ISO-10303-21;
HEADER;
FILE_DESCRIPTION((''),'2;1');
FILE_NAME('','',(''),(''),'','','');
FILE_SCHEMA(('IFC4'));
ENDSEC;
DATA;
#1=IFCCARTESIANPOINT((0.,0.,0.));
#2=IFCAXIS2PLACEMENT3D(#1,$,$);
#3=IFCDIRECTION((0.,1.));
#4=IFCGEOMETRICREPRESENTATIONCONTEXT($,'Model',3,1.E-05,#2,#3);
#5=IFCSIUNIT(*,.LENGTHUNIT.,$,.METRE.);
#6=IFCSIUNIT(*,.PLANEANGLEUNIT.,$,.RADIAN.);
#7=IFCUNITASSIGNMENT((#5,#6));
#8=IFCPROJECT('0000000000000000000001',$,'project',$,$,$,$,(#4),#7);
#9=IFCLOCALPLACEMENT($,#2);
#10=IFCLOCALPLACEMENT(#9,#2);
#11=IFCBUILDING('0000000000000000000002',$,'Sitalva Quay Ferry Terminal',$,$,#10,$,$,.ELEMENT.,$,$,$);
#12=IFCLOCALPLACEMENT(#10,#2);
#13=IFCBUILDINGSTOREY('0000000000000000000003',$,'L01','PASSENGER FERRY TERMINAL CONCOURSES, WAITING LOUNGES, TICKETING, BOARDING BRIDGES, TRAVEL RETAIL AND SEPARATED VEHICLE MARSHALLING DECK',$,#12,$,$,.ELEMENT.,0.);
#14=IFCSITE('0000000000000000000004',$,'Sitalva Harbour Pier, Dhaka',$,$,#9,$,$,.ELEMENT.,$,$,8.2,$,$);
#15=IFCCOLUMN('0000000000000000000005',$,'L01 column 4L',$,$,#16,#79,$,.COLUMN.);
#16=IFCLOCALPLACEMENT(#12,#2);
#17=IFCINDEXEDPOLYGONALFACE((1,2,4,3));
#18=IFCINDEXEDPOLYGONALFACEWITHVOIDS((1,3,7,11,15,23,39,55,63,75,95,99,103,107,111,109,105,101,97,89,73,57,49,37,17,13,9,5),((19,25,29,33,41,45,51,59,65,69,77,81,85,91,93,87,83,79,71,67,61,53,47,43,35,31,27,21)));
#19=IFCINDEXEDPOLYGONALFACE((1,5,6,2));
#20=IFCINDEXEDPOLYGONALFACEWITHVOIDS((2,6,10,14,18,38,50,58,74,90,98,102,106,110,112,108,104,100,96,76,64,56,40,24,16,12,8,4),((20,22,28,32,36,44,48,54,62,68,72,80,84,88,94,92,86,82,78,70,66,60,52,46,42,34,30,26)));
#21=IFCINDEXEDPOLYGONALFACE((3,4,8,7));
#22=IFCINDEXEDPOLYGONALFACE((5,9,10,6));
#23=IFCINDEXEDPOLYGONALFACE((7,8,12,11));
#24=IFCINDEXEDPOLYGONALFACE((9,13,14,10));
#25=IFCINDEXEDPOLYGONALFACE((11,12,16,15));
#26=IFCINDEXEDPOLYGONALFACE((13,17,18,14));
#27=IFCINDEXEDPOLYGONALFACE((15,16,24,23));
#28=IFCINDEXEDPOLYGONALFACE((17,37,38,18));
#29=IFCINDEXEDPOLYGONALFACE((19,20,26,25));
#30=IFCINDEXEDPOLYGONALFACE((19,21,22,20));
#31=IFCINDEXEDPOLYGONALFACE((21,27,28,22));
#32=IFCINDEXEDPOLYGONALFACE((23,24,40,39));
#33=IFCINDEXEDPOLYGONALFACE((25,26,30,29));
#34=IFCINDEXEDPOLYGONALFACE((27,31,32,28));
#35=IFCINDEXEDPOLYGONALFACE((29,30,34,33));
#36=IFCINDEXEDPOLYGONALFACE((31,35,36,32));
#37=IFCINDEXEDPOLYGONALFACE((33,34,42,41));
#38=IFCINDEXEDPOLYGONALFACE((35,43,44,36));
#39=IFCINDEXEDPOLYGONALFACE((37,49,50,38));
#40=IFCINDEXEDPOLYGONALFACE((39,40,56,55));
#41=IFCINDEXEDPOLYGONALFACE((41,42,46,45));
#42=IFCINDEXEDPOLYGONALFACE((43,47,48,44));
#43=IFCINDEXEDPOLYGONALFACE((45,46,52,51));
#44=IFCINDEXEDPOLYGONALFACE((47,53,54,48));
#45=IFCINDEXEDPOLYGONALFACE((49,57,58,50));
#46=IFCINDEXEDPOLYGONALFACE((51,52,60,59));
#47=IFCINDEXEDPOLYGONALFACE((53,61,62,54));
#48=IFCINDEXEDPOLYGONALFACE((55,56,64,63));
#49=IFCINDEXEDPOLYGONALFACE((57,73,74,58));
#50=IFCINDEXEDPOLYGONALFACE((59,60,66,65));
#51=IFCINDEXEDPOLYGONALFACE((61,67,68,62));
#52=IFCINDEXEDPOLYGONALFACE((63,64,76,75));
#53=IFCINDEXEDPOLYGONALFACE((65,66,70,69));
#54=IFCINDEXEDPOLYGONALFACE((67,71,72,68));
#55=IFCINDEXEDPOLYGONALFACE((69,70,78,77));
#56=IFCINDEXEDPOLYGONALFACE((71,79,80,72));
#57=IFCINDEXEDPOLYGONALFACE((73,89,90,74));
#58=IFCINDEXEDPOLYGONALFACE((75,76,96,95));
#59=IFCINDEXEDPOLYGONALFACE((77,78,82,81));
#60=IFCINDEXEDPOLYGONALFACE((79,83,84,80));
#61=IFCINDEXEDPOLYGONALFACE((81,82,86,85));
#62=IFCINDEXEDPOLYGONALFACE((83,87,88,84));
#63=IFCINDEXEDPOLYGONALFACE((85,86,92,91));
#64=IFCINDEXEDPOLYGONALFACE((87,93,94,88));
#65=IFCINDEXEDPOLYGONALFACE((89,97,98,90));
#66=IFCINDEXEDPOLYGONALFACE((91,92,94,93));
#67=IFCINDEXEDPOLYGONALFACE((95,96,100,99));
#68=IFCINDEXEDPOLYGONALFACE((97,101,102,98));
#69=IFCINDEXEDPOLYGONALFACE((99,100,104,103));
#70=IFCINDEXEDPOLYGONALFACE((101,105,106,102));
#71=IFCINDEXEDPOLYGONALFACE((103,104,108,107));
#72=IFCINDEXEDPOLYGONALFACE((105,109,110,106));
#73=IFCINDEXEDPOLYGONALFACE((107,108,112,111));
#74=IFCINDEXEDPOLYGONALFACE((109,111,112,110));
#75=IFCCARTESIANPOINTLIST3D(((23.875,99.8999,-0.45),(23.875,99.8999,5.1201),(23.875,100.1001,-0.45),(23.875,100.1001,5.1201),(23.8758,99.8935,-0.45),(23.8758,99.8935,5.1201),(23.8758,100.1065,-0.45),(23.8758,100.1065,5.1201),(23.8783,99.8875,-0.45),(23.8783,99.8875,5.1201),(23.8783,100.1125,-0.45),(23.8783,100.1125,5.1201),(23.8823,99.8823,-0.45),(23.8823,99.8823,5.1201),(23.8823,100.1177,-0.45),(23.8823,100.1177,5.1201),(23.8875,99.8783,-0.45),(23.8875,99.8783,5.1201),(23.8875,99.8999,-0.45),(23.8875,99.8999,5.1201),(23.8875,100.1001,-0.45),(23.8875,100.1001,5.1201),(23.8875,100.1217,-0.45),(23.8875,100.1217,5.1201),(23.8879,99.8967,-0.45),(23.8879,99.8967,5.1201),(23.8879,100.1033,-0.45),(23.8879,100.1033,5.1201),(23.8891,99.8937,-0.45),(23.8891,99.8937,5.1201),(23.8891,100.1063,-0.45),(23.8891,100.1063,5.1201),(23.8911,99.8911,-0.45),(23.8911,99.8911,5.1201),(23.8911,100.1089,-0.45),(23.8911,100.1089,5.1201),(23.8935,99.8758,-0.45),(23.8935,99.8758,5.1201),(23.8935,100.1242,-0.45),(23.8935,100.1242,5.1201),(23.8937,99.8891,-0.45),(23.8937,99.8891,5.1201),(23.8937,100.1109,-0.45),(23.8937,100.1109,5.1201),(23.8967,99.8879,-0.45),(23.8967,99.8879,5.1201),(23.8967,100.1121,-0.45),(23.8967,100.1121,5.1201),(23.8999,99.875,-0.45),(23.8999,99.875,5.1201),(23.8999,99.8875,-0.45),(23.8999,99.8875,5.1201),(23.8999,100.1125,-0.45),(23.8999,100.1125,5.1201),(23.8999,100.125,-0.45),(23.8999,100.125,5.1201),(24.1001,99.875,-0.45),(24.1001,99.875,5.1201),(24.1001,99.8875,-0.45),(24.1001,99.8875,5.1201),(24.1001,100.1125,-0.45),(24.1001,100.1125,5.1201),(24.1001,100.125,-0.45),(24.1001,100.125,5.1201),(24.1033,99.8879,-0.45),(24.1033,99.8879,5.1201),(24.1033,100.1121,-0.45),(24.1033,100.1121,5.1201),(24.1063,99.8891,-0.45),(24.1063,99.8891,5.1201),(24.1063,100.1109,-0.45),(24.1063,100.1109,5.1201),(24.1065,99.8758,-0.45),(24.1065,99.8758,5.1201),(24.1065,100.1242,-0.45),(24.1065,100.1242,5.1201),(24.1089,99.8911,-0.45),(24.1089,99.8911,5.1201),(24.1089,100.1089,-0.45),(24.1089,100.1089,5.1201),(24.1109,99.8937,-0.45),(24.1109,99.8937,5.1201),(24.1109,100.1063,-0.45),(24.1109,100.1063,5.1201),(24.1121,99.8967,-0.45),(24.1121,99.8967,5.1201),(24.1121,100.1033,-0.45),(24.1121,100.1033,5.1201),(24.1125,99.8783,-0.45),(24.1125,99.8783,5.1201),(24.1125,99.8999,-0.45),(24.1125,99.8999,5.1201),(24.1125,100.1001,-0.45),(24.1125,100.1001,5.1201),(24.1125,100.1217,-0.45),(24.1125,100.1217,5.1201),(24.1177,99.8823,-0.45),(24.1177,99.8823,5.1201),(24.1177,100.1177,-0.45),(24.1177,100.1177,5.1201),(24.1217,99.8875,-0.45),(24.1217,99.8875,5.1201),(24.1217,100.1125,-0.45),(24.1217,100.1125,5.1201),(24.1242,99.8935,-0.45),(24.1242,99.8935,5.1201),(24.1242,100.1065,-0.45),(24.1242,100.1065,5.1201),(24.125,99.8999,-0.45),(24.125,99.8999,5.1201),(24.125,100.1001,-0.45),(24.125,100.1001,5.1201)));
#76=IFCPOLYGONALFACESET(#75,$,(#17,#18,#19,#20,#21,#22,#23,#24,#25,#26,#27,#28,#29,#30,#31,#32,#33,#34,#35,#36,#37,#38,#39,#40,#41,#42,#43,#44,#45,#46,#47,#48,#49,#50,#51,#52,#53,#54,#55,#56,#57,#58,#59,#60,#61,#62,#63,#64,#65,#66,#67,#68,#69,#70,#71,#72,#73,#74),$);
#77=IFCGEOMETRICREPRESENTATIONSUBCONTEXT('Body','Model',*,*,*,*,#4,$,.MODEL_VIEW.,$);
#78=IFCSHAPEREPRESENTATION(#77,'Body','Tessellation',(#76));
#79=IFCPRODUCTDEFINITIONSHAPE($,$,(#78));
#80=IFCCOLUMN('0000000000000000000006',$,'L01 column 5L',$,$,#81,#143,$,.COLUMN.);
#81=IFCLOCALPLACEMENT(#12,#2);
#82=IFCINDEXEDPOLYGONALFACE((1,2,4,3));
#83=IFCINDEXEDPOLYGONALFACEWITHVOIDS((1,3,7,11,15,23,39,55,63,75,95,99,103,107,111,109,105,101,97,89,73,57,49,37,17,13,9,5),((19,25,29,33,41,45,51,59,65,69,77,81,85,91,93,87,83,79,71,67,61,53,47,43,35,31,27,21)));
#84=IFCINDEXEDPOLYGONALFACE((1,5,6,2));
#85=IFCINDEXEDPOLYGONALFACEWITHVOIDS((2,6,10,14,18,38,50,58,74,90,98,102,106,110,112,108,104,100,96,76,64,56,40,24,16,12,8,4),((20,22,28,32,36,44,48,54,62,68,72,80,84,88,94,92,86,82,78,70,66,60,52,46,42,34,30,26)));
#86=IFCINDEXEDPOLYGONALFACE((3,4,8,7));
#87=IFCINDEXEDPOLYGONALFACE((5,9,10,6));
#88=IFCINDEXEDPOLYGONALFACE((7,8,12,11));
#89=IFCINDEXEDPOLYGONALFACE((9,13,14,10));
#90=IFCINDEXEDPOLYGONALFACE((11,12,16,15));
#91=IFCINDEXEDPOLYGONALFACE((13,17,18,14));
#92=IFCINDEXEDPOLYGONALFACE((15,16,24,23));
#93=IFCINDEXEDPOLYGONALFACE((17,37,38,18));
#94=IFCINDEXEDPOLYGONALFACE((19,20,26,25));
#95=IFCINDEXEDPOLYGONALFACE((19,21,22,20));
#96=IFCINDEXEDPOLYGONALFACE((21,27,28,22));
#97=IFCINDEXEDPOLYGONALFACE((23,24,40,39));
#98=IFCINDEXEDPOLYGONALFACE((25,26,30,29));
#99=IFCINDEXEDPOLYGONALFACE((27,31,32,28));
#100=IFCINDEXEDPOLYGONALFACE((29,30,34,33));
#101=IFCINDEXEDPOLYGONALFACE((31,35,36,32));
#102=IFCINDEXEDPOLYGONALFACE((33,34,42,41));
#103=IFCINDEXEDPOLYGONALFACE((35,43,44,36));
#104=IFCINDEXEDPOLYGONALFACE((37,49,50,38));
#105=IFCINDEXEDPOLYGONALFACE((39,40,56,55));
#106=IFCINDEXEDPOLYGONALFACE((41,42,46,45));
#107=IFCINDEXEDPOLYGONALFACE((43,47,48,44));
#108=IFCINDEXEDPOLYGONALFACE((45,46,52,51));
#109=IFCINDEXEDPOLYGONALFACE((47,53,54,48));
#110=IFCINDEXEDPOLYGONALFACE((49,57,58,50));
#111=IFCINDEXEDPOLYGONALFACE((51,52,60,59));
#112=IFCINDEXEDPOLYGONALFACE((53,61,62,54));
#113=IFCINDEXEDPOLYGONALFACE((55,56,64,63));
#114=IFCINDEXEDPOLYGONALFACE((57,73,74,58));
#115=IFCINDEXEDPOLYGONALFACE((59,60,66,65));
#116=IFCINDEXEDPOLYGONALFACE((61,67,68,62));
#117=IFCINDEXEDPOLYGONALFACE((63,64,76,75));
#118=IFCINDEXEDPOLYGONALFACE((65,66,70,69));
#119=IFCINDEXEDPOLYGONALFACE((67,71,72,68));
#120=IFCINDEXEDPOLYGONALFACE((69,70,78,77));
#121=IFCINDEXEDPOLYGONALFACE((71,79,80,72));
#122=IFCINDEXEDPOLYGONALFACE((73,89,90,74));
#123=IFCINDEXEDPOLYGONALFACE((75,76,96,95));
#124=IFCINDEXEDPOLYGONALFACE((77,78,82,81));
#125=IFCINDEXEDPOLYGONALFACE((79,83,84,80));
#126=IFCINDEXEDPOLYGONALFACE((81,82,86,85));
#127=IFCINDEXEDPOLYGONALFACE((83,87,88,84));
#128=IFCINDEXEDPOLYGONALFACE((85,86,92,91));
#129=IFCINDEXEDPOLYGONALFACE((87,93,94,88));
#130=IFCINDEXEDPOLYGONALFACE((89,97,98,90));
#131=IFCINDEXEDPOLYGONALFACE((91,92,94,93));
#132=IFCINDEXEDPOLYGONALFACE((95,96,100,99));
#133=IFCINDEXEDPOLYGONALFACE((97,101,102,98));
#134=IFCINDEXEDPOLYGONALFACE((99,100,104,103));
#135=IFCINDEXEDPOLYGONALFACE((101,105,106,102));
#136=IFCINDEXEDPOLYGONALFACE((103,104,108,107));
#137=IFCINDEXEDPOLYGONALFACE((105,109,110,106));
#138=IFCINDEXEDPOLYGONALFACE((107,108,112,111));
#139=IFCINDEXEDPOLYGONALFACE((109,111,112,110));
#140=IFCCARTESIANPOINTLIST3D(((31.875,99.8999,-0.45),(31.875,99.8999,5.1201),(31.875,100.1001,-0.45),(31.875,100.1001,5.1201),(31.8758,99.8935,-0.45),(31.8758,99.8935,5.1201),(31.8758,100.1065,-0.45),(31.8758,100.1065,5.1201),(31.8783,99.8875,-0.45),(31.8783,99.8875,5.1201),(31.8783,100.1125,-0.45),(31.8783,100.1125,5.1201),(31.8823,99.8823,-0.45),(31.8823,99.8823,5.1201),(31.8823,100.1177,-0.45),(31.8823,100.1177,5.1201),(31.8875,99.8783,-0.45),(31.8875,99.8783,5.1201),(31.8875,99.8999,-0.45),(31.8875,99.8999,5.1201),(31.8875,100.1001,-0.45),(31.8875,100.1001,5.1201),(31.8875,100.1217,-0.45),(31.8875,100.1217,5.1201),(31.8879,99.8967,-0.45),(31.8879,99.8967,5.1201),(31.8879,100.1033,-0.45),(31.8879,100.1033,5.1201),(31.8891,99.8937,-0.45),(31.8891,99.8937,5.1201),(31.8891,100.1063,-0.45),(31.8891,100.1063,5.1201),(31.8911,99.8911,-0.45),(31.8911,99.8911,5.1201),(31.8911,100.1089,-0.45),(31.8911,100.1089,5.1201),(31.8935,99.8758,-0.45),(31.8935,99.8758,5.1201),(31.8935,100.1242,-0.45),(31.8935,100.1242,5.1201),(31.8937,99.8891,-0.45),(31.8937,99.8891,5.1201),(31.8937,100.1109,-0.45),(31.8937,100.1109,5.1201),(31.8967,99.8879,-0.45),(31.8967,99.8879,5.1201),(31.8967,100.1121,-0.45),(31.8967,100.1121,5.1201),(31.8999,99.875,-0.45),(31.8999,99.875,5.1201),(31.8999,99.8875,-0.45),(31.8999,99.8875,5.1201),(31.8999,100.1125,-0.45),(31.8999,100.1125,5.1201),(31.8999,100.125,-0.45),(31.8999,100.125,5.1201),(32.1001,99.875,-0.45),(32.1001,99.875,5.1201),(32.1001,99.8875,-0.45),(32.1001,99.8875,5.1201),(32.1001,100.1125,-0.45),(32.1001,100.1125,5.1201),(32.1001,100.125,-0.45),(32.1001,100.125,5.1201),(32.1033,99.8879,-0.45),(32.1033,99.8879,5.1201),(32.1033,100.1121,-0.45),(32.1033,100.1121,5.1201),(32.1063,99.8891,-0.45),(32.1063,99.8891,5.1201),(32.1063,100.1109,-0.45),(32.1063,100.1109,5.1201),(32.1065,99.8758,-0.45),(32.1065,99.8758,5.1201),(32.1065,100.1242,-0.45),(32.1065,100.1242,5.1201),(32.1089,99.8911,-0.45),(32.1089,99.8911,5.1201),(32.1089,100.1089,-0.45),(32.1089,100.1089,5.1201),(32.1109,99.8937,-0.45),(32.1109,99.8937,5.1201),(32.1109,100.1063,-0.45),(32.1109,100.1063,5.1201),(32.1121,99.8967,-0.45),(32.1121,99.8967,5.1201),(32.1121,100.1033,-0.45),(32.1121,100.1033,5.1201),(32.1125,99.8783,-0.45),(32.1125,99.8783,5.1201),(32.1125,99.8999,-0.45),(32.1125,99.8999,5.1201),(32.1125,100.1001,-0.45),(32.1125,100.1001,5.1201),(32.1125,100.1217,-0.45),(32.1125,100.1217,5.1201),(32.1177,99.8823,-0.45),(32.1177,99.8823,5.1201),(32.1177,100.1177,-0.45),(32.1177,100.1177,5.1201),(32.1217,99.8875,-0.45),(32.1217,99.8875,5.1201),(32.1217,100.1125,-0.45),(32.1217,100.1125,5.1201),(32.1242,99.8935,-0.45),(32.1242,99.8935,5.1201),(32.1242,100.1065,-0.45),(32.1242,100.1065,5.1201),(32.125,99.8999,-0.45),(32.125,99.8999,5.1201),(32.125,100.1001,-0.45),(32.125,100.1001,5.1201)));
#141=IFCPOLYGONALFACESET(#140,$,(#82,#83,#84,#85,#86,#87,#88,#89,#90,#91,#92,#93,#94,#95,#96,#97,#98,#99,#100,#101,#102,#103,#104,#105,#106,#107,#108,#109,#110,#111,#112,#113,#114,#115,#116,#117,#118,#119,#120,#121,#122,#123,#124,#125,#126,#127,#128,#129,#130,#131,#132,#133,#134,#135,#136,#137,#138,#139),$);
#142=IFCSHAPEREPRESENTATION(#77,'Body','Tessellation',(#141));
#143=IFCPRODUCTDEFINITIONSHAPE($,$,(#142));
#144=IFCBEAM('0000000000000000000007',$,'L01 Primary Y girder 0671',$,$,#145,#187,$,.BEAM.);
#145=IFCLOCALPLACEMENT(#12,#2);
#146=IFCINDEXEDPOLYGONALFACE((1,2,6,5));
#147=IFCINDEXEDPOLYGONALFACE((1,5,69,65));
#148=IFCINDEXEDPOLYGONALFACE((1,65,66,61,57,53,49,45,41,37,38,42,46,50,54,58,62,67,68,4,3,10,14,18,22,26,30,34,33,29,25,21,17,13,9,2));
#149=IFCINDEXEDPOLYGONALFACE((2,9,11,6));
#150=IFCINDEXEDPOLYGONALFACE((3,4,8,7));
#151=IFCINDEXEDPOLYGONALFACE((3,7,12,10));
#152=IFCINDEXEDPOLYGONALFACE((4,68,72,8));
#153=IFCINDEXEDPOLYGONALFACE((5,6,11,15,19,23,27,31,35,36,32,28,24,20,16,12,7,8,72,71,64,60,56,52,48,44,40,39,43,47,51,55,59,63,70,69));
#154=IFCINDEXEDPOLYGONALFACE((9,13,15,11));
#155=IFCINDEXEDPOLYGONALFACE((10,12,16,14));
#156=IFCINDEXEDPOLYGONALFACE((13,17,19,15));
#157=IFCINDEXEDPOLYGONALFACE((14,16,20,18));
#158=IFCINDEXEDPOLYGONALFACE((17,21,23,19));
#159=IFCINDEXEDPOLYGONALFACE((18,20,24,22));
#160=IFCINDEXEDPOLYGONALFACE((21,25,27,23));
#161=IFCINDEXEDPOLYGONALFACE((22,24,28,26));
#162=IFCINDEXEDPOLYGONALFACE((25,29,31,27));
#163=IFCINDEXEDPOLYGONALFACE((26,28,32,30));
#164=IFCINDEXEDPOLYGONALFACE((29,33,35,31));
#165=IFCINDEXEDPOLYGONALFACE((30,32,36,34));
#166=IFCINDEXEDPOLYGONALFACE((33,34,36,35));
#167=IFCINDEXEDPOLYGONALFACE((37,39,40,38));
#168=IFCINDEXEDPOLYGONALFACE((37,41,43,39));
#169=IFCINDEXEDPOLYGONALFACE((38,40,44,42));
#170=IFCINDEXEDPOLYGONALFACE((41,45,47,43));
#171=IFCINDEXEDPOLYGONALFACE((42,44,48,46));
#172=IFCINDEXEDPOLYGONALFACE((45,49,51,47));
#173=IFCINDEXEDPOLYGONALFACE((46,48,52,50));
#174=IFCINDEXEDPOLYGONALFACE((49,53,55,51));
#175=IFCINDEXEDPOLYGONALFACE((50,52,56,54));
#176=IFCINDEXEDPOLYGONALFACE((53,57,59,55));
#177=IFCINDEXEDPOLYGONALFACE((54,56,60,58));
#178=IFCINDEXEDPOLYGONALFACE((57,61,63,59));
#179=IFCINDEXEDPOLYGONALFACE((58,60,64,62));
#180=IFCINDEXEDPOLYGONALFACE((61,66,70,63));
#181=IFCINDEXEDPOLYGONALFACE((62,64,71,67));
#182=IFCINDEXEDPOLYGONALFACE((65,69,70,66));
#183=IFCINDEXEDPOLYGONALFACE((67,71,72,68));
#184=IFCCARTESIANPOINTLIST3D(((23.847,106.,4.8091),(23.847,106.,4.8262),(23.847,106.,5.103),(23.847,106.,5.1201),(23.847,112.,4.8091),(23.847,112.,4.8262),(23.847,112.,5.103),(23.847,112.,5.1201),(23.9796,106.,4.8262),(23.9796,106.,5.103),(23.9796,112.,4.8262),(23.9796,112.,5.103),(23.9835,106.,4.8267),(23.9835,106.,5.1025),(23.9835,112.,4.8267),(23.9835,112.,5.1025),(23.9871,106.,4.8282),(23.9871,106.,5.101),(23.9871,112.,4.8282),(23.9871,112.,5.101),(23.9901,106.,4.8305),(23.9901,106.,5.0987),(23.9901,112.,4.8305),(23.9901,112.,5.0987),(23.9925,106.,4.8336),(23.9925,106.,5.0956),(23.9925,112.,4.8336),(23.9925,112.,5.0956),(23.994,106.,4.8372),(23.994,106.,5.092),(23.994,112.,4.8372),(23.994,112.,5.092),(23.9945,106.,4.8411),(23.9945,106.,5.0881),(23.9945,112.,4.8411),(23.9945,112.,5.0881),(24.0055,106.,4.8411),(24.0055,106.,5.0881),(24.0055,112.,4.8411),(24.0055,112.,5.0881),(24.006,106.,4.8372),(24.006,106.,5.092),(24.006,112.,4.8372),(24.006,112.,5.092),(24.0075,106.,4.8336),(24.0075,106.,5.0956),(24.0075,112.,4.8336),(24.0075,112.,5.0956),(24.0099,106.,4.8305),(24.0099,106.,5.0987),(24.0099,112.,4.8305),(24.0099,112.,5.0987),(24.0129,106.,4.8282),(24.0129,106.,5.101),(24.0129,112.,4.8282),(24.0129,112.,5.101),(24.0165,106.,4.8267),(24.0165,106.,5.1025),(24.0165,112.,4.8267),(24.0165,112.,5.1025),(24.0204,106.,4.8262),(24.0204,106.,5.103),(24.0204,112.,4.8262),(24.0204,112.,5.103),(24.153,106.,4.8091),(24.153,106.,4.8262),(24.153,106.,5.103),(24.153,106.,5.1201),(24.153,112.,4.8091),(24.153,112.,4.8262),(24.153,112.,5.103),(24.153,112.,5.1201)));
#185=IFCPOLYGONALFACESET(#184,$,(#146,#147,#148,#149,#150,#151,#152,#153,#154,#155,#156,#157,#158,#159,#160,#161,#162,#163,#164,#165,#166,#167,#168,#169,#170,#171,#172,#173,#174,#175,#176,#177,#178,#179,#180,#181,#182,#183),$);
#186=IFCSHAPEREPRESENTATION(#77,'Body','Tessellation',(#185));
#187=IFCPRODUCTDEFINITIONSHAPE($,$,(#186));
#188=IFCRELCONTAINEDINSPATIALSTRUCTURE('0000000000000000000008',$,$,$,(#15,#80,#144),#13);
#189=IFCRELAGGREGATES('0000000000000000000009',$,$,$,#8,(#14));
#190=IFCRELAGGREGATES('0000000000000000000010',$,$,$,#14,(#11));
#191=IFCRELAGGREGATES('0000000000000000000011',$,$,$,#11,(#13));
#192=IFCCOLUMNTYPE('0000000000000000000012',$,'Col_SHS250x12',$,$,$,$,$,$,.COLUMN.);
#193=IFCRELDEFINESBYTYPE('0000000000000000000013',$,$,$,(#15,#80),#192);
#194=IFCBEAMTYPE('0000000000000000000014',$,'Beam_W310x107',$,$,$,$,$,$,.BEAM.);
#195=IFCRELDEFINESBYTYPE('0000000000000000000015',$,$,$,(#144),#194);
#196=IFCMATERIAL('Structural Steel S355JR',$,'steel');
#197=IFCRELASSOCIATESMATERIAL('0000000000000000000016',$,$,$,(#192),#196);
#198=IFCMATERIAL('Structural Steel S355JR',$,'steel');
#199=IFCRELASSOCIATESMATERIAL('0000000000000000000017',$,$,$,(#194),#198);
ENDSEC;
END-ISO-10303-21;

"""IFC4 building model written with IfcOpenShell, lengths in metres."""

from ifc_helpers import new_model, si_unit, direction, frame, origin, origin_2d, place, context, subcontext, project, spatial, hollow_rectangle, i_section, extrude, material, material_profile, profile_set, type_object, element, save


model = new_model("IFC4")

# Units and contexts
model_context = context("Model", 3, precision=1e-05, world=origin(), true_north=direction((0.0, 1.0)))
body_context = subcontext(model_context, "Body", "Model", "MODEL_VIEW")
ifc_project = project(units=[si_unit("LENGTHUNIT", "METRE"), si_unit("PLANEANGLEUNIT", "RADIAN")], contexts=[model_context])

# Site, building, storey
site_placement = place(None, origin())
site = spatial("IfcSite", under=ifc_project, at=site_placement, Name="Sitalva Harbour Pier, Dhaka", CompositionType="ELEMENT", RefElevation=8.2)
building_placement = place(site_placement, origin())
building = spatial("IfcBuilding", under=site, at=building_placement, Name="Sitalva Quay Ferry Terminal", CompositionType="ELEMENT")
storey_placement = place(building_placement, origin())
storey = spatial("IfcBuildingStorey", under=building, at=storey_placement, Name="L01", Description="PASSENGER FERRY TERMINAL CONCOURSES, WAITING LOUNGES, TICKETING, BOARDING BRIDGES, TRAVEL RETAIL AND SEPARATED VEHICLE MARSHALLING DECK", CompositionType="ELEMENT", Elevation=0.0)

# Columns
ifc_material_1 = material(Name="Structural Steel S355JR", Category="steel")
ifc_material_profile_1 = material_profile(ifc_material_1, hollow_rectangle(XDim=0.25, YDim=0.25, WallThickness=0.0125, InnerFilletRadius=0.0125, OuterFilletRadius=0.0249, at=origin_2d()), Name="SHS250x250x12.5")
ifc_profile_set_1 = profile_set([ifc_material_profile_1], Name="Structural Steel S355JR")
column_type_1 = type_object("IfcColumnType", Name="Col_SHS250x12", PredefinedType="COLUMN", material=ifc_profile_set_1)
for number, where, z_axis, x_axis, name in (
    (1, (24.0, 100.0, -0.45), (0.0, 0.0, 1.0), (1.0, 0.0, 0.0), "L01 column 4L"),
    (2, (32.0, 100.0, -0.45), (0.0, 0.0, 1.0), (1.0, 0.0, 0.0), "L01 column 5L"),
):
    element("IfcColumn", number, at=place(storey_placement, frame(where, z_axis=z_axis, x_axis=x_axis)), inside=storey, type_object=column_type_1, Name=name, PredefinedType="COLUMN", context=body_context, shape_type="SweptSolid", body=[
        extrude(hollow_rectangle(XDim=0.25, YDim=0.25, WallThickness=0.0125, InnerFilletRadius=0.0125, OuterFilletRadius=0.0249, at=origin_2d()), origin(), (0.0, 0.0, 1.0), 5.5701),
    ])

# Beam
ifc_material_2 = material(Name="Structural Steel S355JR", Category="steel")
ifc_material_profile_2 = material_profile(ifc_material_2, i_section(OverallWidth=0.3059, OverallDepth=0.311, WebThickness=0.011, FlangeThickness=0.0171, FilletRadius=0.0149, at=origin_2d()), Name="W310x107")
ifc_profile_set_2 = profile_set([ifc_material_profile_2], Name="Structural Steel S355JR")
beam_type_1 = type_object("IfcBeamType", Name="Beam_W310x107", PredefinedType="BEAM", material=ifc_profile_set_2)
beam_1_placement = place(storey_placement, frame((24.0, 106.0, 4.9646), z_axis=(0.0, 1.0, 0.0), x_axis=(-1.0, 0.0, 0.0)))
element("IfcBeam", 3, at=beam_1_placement, inside=storey, type_object=beam_type_1, Name="L01 Primary Y girder 0671", PredefinedType="BEAM", context=body_context, shape_type="SweptSolid", body=[
    extrude(i_section(OverallWidth=0.3059, OverallDepth=0.311, WebThickness=0.011, FlangeThickness=0.0171, FilletRadius=0.0149, at=origin_2d()), origin(), (0.0, 0.0, 1.0), 6.0),
])

save(model, "model.ifc")
